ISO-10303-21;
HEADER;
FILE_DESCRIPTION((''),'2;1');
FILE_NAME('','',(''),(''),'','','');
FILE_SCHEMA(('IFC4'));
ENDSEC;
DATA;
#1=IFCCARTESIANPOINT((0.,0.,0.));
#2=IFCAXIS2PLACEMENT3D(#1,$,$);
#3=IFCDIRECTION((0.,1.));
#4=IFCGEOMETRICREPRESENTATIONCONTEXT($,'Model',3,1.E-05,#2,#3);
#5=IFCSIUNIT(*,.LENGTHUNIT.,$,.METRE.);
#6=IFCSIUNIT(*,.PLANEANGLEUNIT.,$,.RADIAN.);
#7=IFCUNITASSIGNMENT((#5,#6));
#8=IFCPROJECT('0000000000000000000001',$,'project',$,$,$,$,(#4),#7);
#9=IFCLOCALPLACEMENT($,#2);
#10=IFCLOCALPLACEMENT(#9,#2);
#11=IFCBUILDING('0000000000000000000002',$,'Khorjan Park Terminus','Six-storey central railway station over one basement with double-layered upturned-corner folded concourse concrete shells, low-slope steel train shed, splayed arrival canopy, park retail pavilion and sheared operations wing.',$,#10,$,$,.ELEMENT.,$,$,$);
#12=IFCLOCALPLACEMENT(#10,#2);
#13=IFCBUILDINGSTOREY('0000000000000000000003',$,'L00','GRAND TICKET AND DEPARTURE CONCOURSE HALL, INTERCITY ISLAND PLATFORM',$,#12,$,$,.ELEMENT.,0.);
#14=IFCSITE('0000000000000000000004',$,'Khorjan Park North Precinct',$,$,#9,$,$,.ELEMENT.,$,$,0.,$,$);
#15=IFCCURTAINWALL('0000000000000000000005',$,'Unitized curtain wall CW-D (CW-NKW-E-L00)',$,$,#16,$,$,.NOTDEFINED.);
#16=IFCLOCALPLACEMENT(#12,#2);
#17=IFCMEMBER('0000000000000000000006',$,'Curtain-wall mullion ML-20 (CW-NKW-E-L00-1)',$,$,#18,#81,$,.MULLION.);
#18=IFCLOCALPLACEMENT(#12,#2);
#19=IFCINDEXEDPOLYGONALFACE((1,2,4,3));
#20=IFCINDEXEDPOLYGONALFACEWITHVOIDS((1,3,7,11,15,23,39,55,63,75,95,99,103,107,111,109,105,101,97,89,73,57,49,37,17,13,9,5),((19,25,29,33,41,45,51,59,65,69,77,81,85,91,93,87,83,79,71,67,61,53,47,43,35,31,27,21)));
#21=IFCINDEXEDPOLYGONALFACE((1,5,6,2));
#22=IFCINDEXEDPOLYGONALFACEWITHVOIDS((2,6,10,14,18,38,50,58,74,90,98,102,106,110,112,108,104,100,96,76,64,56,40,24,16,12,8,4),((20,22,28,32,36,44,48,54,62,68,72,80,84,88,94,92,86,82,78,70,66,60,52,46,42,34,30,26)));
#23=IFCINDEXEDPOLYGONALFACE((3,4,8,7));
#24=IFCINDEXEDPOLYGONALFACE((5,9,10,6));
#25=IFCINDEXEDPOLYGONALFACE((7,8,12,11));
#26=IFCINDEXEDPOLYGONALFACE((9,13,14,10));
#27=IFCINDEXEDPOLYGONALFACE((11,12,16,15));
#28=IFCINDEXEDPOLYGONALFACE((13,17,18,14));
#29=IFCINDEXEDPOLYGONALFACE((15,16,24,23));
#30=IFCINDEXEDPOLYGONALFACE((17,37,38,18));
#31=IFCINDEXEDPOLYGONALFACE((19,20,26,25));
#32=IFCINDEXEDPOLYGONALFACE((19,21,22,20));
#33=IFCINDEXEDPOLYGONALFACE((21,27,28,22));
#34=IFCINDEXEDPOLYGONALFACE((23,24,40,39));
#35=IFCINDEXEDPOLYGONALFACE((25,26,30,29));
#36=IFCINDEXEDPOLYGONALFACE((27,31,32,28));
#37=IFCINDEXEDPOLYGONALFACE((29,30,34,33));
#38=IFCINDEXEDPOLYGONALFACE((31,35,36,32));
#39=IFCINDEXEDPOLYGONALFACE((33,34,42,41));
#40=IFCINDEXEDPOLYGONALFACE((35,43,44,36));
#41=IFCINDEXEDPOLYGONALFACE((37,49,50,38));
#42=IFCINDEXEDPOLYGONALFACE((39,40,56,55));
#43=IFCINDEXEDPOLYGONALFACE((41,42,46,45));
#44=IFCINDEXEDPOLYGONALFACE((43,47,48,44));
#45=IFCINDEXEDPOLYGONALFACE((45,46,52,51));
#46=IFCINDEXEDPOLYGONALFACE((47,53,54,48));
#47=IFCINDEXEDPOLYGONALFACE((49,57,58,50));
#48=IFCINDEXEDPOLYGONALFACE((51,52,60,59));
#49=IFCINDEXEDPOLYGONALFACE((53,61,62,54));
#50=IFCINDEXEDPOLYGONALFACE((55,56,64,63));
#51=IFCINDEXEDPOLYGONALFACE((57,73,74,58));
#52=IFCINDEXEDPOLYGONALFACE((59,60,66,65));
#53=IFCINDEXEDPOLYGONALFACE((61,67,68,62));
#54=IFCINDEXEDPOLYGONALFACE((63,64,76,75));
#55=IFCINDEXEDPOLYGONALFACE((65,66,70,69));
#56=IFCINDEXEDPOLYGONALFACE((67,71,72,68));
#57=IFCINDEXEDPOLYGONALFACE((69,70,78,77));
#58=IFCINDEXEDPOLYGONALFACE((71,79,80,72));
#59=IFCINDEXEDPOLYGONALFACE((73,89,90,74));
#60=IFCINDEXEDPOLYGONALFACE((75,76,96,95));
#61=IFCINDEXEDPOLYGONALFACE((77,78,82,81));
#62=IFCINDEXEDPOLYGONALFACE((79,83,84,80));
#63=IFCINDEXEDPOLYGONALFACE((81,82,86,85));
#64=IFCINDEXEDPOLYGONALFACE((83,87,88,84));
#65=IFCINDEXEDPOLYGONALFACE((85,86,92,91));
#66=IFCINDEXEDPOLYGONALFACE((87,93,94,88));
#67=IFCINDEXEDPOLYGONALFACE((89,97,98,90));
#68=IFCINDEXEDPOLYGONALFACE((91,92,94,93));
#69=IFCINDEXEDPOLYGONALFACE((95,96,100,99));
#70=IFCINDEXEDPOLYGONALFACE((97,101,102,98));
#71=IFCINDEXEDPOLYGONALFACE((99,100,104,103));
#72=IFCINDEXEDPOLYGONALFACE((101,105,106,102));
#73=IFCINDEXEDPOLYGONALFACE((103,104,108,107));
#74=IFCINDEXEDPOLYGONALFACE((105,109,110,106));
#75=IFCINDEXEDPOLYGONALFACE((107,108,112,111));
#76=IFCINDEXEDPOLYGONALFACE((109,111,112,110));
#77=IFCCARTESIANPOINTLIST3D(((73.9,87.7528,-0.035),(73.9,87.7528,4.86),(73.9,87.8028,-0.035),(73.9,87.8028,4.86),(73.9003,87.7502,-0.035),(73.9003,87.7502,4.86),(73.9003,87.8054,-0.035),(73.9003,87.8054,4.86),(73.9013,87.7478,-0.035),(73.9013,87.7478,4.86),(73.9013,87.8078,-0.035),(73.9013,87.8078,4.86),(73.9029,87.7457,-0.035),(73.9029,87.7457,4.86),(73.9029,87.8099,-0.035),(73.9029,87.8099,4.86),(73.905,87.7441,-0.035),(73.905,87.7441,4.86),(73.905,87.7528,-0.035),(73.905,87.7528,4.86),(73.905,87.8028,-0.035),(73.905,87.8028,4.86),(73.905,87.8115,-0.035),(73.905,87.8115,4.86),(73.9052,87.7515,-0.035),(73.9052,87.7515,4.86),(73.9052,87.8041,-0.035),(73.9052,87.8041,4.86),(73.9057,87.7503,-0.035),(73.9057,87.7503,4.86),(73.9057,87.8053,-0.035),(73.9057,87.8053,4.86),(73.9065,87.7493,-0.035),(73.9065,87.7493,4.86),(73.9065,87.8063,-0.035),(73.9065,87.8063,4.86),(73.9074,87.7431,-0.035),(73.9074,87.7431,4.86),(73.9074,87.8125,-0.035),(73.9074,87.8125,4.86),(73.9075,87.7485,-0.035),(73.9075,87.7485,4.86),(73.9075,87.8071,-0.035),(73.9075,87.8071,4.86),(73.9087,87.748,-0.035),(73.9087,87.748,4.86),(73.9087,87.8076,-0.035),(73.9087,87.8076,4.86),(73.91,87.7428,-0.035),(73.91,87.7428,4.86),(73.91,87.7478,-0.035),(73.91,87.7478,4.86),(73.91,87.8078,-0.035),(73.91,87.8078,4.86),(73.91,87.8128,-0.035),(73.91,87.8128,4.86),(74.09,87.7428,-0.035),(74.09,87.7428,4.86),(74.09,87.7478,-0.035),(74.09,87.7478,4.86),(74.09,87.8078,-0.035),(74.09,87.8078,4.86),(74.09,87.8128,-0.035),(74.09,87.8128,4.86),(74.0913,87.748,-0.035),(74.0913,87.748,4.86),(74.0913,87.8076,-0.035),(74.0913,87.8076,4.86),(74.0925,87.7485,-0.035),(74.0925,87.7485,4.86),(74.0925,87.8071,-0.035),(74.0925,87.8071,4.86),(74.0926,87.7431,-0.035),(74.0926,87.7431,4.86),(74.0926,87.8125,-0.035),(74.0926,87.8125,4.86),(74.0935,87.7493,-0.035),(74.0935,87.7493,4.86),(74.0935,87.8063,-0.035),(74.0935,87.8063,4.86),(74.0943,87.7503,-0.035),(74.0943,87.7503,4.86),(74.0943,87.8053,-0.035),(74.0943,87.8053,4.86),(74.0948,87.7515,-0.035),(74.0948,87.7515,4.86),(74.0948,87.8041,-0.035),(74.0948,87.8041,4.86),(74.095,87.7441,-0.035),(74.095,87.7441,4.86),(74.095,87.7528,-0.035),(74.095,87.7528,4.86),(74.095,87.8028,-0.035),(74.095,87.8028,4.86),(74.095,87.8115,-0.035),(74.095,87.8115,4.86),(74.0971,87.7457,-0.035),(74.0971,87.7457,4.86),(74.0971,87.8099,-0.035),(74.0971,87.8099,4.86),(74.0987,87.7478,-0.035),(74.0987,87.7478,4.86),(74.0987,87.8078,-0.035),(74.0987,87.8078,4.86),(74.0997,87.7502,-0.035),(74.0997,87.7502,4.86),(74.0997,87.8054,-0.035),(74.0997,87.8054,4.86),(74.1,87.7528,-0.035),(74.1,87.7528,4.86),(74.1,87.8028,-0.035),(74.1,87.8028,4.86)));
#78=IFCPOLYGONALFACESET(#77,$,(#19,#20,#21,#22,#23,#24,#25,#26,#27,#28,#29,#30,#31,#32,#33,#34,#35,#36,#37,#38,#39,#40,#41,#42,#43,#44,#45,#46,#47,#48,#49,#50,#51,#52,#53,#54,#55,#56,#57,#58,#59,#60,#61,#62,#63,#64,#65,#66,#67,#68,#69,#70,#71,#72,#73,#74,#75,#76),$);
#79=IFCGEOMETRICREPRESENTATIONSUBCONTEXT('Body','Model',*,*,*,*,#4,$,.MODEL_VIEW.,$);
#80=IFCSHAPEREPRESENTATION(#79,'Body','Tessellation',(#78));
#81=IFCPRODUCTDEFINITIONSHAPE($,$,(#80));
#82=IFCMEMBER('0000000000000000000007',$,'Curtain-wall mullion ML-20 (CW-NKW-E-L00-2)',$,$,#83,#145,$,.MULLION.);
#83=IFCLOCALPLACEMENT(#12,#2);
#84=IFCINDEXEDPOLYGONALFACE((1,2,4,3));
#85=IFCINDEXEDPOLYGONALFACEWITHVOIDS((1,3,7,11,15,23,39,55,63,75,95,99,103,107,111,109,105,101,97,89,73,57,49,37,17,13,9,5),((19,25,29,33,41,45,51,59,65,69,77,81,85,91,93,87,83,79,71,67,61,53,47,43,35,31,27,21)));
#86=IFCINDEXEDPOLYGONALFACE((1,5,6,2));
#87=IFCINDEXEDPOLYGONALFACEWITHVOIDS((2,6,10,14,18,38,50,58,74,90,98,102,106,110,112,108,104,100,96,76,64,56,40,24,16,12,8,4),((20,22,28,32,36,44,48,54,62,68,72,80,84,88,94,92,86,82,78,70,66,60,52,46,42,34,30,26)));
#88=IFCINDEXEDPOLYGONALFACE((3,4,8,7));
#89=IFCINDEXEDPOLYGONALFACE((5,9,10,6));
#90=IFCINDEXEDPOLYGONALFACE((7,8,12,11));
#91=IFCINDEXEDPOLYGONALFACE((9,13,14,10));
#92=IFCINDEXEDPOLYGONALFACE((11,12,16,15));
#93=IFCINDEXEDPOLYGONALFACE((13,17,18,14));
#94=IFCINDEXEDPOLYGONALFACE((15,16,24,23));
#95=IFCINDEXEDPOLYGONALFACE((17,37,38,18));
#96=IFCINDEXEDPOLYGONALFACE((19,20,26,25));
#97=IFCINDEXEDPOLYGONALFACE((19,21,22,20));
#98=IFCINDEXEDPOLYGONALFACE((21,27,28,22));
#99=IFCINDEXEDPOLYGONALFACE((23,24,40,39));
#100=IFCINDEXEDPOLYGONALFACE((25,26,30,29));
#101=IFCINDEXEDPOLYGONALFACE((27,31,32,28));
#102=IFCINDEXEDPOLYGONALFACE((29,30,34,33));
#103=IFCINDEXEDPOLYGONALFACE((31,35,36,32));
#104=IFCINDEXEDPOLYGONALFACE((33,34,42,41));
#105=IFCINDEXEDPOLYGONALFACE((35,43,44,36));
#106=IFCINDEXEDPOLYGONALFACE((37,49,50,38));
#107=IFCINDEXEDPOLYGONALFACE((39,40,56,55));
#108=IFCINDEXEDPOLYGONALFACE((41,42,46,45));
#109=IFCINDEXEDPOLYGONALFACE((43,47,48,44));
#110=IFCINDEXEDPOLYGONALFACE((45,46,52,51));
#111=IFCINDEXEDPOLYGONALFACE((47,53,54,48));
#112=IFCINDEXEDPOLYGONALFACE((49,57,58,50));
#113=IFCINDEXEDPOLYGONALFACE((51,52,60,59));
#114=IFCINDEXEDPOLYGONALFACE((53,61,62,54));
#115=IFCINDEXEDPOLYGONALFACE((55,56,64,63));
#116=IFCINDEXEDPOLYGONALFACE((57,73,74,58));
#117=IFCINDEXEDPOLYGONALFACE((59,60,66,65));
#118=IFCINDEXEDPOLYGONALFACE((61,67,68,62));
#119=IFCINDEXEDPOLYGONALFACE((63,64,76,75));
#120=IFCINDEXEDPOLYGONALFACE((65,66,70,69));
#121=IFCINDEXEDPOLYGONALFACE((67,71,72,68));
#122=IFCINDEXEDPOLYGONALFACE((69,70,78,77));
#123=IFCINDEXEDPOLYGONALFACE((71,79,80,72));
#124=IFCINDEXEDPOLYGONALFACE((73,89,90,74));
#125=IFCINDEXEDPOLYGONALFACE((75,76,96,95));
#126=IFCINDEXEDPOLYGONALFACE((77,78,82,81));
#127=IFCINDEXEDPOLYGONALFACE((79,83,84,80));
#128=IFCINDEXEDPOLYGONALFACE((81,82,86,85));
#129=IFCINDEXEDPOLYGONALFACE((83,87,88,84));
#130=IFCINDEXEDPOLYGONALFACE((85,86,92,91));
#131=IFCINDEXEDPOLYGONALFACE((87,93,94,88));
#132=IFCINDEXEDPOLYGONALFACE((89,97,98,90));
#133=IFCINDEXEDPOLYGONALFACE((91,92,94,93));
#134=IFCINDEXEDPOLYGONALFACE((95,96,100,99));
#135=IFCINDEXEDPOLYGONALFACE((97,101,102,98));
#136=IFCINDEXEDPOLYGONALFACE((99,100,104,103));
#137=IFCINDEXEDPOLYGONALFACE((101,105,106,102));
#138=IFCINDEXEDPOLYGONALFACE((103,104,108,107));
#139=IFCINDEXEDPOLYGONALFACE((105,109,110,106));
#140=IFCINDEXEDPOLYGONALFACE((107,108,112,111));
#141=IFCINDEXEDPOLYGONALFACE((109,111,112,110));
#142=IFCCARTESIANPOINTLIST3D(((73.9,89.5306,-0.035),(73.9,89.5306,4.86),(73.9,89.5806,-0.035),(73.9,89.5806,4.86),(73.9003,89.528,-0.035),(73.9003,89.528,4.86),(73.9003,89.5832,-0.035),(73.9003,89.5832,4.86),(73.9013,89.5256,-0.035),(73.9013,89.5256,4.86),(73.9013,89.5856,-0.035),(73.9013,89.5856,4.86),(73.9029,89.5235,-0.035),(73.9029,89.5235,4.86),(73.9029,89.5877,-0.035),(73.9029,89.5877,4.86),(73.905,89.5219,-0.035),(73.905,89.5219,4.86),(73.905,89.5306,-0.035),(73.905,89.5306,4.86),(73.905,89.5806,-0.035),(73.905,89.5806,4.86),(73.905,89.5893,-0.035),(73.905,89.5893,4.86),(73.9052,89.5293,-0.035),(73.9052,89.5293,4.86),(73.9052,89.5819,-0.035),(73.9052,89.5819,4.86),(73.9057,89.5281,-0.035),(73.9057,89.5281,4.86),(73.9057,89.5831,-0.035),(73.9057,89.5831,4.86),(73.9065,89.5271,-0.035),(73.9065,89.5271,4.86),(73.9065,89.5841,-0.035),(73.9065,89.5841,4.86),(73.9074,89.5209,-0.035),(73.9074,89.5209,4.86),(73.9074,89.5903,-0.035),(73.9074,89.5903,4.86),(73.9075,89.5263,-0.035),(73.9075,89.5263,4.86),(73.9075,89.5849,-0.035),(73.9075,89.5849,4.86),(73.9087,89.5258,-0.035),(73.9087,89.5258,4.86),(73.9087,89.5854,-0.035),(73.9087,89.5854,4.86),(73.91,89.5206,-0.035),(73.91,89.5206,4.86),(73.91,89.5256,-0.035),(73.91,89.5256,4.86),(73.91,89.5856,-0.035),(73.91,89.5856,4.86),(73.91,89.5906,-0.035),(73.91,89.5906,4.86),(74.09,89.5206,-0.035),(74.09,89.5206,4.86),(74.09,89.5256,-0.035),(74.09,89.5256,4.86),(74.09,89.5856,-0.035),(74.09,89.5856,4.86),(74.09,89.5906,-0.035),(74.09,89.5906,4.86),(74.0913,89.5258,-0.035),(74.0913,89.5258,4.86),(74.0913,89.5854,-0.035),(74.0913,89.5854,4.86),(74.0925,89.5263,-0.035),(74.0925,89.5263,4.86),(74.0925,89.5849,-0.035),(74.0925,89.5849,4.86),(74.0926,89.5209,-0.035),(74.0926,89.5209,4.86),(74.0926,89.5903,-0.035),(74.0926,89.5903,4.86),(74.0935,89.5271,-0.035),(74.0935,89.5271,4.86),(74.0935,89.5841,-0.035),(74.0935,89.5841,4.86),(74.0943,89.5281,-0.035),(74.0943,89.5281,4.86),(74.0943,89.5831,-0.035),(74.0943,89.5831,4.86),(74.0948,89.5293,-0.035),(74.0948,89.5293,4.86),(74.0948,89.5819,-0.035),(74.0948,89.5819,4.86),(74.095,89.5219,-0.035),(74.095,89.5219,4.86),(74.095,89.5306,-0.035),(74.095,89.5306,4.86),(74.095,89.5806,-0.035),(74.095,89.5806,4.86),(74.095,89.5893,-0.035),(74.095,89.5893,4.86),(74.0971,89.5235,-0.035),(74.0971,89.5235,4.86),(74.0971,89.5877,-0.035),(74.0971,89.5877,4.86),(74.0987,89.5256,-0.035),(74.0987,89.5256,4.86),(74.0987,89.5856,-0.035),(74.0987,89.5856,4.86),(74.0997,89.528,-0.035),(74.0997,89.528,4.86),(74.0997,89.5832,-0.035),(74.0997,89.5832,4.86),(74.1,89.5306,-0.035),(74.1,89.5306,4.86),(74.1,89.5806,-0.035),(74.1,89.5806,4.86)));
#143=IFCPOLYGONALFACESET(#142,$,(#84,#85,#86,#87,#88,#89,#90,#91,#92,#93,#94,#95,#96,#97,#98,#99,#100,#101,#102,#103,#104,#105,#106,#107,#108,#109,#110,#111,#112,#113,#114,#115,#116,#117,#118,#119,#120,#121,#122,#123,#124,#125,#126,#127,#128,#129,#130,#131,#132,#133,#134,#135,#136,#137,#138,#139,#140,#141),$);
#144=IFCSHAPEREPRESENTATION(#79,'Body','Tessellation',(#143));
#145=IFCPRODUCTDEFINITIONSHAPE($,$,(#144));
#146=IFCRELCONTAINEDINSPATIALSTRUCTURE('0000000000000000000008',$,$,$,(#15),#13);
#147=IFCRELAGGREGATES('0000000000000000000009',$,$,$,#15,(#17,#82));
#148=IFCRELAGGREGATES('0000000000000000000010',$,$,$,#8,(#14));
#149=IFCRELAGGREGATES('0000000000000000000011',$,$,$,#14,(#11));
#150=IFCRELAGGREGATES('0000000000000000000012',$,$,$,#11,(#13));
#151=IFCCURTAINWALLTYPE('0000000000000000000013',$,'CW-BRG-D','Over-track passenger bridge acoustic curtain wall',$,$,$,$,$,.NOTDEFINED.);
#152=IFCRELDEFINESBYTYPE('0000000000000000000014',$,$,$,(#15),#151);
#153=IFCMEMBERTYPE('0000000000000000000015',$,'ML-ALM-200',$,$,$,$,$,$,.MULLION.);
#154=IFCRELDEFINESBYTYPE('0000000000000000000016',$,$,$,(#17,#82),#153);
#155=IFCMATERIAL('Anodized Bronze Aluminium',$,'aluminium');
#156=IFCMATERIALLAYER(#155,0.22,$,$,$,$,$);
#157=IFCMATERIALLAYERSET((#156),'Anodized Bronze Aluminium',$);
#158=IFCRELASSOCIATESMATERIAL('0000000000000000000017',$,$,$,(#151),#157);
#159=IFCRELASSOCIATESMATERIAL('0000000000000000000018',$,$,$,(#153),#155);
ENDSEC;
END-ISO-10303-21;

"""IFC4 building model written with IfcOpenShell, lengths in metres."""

from ifc_helpers import new_model, si_unit, direction, frame, origin, origin_2d, place, context, subcontext, project, spatial, hollow_rectangle, extrude, material, layer, layer_set, material_profile, profile_set, type_object, element, aggregate, save


model = new_model("IFC4")

# Units and contexts
model_context = context("Model", 3, precision=1e-05, world=origin(), true_north=direction((0.0, 1.0)))
body_context = subcontext(model_context, "Body", "Model", "MODEL_VIEW")
ifc_project = project(units=[si_unit("LENGTHUNIT", "METRE"), si_unit("PLANEANGLEUNIT", "RADIAN")], contexts=[model_context])

# Site, building, storey
site_placement = place(None, origin())
site = spatial("IfcSite", under=ifc_project, at=site_placement, Name="Khorjan Park North Precinct", CompositionType="ELEMENT", RefElevation=0.0)
building_placement = place(site_placement, origin())
building = spatial("IfcBuilding", under=site, at=building_placement, Name="Khorjan Park Terminus", Description="Six-storey central railway station over one basement with double-layered upturned-corner folded concourse concrete shells, low-slope steel train shed, splayed arrival canopy, park retail pavilion and sheared operations wing.", CompositionType="ELEMENT")
storey_placement = place(building_placement, origin())
storey = spatial("IfcBuildingStorey", under=building, at=storey_placement, Name="L00", Description="GRAND TICKET AND DEPARTURE CONCOURSE HALL, INTERCITY ISLAND PLATFORM", CompositionType="ELEMENT", Elevation=0.0)

# Curtain wall, members
ifc_material_1 = material(Name="Anodized Bronze Aluminium", Category="aluminium")
ifc_layer_1 = layer(ifc_material_1, 0.22)
ifc_layer_set_1 = layer_set([ifc_layer_1], Name="Anodized Bronze Aluminium")
curtain_wall_type = type_object("IfcCurtainWallType", Name="CW-BRG-D", Description="Over-track passenger bridge acoustic curtain wall", PredefinedType="NOTDEFINED", material=ifc_layer_set_1)
curtain_wall_placement = place(storey_placement, origin())
curtain_wall = element("IfcCurtainWall", 1, at=curtain_wall_placement, inside=storey, type_object=curtain_wall_type, Name="Unitized curtain wall CW-D (CW-NKW-E-L00)", PredefinedType="NOTDEFINED")
ifc_material_profile_1 = material_profile(ifc_material_1, hollow_rectangle(XDim=0.07, YDim=0.2, WallThickness=0.005, InnerFilletRadius=0.005, OuterFilletRadius=0.01, at=origin_2d()), Name="ALM 70x200x5")
ifc_profile_set_1 = profile_set([ifc_material_profile_1], Name="Anodized Bronze Aluminium")
member_type_1 = type_object("IfcMemberType", Name="ML-ALM-200", PredefinedType="MULLION", material=ifc_profile_set_1)
member_1_placement = place(storey_placement, frame((74.0, 87.7778, -0.035), z_axis=(0.0, 0.0, 1.0), x_axis=(0.0, 1.0, 0.0)))
member_1 = element("IfcMember", 2, at=member_1_placement, type_object=member_type_1, Name="Curtain-wall mullion ML-20 (CW-NKW-E-L00-1)", PredefinedType="MULLION", context=body_context, shape_type="SweptSolid", body=[
    extrude(hollow_rectangle(XDim=0.07, YDim=0.2, WallThickness=0.005, InnerFilletRadius=0.005, OuterFilletRadius=0.01, at=origin_2d()), origin(), (0.0, 0.0, 1.0), 4.895),
])
member_2_placement = place(storey_placement, frame((74.0, 89.5556, -0.035), z_axis=(0.0, 0.0, 1.0), x_axis=(0.0, 1.0, 0.0)))
member_2 = element("IfcMember", 3, at=member_2_placement, type_object=member_type_1, Name="Curtain-wall mullion ML-20 (CW-NKW-E-L00-2)", PredefinedType="MULLION", context=body_context, shape_type="SweptSolid", body=[
    extrude(hollow_rectangle(XDim=0.07, YDim=0.2, WallThickness=0.005, InnerFilletRadius=0.005, OuterFilletRadius=0.01, at=origin_2d()), origin(), (0.0, 0.0, 1.0), 4.895),
])
aggregate(curtain_wall, [member_1, member_2])

save(model, "model.ifc")
